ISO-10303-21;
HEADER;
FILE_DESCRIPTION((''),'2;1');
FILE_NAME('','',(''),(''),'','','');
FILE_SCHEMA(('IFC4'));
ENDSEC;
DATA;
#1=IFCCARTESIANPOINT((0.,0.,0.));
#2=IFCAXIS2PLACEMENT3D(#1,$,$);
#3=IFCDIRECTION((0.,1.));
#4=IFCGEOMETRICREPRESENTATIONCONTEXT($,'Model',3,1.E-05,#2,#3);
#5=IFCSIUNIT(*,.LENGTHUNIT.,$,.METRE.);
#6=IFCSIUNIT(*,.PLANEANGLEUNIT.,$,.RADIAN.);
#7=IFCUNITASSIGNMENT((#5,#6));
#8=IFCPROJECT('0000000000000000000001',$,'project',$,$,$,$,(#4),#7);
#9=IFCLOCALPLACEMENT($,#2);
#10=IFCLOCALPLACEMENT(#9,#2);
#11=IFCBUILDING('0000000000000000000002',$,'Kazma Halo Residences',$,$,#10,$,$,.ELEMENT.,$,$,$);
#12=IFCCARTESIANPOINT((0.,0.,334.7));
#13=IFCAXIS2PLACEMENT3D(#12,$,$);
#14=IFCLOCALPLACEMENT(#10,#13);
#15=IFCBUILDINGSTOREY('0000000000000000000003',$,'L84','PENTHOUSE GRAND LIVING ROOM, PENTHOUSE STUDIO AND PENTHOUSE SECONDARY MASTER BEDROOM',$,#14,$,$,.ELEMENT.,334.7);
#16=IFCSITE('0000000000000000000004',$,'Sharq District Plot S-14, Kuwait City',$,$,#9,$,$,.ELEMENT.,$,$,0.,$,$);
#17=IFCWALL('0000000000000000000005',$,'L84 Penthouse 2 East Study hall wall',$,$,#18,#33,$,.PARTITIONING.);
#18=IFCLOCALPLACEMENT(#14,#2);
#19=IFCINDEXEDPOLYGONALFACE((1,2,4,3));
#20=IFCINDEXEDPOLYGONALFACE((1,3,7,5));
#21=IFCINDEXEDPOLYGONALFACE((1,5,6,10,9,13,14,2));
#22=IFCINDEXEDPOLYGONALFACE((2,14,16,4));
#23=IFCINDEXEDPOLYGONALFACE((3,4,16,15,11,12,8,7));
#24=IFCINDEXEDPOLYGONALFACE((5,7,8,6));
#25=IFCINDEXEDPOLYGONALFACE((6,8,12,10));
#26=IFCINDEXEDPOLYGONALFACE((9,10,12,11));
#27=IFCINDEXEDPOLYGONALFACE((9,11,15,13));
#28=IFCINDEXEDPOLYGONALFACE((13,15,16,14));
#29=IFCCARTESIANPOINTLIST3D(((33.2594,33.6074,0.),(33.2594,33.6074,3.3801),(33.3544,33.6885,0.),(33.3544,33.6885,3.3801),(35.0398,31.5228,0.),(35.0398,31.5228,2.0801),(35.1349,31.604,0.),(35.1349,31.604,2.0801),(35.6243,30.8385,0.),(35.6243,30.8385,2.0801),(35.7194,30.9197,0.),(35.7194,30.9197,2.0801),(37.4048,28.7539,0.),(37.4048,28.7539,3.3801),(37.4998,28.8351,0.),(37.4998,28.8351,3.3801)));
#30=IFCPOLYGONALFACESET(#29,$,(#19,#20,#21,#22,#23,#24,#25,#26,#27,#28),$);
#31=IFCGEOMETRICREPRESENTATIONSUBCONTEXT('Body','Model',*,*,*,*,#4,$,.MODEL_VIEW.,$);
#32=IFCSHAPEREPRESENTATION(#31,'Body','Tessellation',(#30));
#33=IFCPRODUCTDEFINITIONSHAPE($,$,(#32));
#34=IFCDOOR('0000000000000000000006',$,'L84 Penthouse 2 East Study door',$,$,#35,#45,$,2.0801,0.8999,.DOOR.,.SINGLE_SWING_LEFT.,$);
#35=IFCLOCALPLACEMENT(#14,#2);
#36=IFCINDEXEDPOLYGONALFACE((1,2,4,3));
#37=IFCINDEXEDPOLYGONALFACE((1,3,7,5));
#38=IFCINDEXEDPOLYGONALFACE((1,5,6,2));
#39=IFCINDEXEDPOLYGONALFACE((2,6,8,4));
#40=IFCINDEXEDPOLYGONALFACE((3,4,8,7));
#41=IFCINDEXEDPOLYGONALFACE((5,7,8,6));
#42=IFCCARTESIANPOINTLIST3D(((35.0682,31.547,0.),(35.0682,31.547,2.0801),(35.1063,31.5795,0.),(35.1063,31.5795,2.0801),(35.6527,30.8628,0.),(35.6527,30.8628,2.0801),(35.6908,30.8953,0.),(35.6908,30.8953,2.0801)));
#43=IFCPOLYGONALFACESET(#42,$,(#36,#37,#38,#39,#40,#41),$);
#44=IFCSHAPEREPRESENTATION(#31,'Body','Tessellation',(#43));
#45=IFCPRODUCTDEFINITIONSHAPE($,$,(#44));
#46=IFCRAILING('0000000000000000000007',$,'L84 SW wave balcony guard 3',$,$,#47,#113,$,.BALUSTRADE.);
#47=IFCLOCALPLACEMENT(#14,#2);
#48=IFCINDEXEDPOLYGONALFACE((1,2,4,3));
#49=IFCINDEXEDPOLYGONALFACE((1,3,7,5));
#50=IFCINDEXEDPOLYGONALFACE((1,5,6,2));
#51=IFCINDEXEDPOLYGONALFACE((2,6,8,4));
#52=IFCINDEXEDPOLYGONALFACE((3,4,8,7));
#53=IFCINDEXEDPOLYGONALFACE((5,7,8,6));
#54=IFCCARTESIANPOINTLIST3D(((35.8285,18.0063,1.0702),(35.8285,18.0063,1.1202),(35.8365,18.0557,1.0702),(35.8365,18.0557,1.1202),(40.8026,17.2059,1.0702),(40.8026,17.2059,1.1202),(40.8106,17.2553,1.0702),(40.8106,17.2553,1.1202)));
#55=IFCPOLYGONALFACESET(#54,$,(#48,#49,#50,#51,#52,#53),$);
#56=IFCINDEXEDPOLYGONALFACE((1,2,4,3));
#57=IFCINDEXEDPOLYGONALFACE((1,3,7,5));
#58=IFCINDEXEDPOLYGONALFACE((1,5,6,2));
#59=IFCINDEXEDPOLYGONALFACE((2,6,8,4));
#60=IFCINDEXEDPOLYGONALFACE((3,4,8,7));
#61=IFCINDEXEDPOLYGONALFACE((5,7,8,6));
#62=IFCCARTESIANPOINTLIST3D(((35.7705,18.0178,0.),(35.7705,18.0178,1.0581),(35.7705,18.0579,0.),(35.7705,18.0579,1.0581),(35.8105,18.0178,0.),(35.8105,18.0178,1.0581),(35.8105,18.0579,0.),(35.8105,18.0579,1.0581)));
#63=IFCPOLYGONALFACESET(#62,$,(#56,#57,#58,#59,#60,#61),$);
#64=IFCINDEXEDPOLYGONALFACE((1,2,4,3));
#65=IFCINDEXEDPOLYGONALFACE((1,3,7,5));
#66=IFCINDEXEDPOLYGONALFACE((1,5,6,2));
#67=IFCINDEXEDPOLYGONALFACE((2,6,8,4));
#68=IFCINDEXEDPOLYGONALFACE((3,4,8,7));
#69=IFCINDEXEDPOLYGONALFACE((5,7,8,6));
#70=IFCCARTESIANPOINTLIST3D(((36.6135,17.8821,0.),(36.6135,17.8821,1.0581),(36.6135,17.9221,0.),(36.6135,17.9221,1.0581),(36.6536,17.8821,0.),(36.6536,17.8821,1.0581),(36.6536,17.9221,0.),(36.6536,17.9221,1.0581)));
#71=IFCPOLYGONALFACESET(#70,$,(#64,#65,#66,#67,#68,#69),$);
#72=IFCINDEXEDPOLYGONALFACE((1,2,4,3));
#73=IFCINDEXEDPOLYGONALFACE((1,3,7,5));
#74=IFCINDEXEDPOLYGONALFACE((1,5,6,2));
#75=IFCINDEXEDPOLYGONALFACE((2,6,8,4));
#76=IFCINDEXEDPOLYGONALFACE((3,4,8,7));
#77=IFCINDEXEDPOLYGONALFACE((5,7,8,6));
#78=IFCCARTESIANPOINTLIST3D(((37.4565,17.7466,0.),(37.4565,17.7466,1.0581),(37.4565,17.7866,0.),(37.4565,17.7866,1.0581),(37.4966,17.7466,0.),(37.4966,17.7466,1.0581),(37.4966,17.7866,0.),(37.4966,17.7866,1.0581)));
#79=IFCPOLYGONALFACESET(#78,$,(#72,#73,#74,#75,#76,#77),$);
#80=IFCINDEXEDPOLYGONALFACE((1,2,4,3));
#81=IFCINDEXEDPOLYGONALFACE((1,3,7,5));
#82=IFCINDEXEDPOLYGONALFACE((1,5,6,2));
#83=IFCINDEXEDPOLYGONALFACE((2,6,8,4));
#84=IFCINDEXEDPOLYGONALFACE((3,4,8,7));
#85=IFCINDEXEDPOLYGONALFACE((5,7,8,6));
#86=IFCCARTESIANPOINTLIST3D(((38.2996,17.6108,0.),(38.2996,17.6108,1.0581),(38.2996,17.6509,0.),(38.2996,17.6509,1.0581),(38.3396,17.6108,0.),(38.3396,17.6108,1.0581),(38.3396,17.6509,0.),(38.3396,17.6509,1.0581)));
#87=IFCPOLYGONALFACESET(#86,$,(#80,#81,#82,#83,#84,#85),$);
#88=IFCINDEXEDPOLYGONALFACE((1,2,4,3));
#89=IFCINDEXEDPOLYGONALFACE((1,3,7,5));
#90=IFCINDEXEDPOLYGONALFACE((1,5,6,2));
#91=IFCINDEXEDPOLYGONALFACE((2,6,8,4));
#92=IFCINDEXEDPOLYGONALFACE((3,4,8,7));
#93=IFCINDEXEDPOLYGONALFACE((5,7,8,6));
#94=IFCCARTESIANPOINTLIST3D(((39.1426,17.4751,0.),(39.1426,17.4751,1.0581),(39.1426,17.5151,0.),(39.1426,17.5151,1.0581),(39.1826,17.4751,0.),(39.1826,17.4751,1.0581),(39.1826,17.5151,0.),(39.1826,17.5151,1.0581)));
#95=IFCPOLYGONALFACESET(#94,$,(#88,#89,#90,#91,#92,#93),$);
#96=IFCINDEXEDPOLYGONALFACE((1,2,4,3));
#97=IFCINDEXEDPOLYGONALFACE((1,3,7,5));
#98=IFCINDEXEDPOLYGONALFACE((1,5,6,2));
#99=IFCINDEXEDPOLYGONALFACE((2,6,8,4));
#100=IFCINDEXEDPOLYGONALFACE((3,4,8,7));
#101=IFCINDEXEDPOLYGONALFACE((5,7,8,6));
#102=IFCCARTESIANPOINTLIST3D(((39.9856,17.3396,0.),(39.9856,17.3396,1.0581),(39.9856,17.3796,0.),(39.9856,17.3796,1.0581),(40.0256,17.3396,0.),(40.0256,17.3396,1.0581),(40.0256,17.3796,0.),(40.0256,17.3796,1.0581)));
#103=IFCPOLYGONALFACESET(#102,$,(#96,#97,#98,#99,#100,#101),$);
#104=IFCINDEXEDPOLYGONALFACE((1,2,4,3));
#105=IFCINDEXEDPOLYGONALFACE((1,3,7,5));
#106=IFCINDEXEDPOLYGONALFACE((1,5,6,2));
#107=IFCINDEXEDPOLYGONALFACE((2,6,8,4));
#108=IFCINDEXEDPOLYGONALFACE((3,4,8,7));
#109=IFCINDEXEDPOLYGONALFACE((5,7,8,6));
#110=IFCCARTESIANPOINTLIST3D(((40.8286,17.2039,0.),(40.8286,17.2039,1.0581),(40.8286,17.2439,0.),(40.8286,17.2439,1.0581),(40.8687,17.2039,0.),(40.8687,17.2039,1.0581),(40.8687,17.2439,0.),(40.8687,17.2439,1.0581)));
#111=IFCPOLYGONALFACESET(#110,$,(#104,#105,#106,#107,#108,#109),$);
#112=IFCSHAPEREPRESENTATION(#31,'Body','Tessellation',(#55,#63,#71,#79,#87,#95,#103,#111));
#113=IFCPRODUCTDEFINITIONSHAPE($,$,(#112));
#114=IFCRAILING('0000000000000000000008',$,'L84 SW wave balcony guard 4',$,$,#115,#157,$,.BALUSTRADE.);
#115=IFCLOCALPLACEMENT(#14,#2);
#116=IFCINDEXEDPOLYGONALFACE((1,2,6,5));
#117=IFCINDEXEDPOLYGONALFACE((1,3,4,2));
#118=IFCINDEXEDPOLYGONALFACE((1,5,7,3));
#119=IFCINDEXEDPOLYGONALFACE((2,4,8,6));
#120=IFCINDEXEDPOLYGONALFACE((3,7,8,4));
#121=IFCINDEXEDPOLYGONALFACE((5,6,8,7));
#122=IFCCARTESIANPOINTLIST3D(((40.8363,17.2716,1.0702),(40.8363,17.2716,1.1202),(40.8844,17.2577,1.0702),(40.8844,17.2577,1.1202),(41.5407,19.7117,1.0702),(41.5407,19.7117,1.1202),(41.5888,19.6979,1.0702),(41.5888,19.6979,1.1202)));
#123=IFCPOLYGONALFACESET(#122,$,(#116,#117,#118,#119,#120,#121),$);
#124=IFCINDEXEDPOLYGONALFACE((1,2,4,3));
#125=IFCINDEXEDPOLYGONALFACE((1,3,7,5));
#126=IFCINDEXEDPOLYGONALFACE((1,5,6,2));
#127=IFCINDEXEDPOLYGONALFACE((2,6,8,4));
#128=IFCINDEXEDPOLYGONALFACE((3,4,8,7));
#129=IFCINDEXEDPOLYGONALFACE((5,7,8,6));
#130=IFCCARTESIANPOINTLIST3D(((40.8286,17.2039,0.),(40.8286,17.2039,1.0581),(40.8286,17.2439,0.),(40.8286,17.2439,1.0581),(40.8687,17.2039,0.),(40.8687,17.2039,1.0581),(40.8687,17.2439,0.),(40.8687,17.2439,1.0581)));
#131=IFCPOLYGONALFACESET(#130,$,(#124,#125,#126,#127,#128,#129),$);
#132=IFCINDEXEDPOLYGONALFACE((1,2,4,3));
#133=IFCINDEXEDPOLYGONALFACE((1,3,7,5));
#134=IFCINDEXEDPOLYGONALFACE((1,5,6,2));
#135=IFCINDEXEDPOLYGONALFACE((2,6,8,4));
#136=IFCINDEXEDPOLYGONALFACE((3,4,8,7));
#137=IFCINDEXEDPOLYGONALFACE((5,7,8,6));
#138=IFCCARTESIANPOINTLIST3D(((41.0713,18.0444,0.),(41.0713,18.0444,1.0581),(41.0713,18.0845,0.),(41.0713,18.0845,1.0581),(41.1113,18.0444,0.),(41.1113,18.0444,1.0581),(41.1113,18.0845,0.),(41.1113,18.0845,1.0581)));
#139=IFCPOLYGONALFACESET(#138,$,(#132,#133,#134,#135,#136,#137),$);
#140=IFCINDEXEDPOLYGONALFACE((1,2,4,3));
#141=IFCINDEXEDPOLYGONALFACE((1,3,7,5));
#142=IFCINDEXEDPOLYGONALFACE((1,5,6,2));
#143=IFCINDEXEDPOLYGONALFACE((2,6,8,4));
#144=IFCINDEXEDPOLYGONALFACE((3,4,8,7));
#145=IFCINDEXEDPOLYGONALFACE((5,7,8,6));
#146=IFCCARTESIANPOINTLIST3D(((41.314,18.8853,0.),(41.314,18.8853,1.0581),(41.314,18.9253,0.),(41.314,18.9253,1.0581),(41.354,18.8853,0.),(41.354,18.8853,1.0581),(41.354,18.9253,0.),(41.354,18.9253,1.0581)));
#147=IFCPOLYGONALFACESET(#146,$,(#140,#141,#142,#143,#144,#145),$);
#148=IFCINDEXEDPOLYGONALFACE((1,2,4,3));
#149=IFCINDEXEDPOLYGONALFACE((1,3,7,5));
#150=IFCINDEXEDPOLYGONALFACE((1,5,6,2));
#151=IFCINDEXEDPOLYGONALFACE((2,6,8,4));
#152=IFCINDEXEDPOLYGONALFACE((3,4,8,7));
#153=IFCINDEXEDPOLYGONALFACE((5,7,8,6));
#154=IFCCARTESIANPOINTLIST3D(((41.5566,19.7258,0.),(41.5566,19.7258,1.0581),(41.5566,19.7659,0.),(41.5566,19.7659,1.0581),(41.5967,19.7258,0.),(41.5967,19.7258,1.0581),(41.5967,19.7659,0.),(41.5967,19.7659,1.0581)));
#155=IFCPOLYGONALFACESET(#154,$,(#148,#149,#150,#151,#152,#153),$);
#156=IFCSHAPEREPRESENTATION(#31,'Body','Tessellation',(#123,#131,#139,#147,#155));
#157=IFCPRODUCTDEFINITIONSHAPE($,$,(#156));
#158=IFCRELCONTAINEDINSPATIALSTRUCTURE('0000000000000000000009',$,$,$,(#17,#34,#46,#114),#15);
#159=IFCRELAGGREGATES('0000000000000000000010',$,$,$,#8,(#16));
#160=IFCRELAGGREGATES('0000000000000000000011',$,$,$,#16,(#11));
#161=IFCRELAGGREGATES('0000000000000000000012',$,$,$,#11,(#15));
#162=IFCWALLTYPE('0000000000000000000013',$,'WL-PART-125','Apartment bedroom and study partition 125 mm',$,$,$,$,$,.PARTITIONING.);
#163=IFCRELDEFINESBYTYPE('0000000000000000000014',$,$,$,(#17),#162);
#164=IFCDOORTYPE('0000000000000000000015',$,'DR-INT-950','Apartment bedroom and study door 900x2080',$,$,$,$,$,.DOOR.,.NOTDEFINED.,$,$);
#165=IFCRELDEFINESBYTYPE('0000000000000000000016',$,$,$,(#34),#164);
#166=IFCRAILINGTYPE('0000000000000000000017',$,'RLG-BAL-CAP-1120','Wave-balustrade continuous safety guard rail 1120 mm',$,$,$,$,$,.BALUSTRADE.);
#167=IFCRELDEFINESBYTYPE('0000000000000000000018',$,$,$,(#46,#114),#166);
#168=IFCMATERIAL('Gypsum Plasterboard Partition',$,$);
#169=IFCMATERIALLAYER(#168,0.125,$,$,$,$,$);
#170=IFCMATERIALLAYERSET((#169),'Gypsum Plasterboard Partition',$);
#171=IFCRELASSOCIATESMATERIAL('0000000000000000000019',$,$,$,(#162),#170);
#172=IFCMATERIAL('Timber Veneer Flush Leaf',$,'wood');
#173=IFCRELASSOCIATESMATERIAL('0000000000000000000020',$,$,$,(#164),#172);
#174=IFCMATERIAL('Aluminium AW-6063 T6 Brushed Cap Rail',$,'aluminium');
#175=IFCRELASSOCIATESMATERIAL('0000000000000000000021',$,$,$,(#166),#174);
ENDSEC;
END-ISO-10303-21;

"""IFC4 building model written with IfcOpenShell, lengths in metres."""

from ifc_helpers import new_model, si_unit, direction, frame, frame_2d, origin, origin_2d, place, context, subcontext, project, spatial, rectangle, extrude, material, layer, layer_set, type_object, element, fill, save


model = new_model("IFC4")

# Units and contexts
model_context = context("Model", 3, precision=1e-05, world=origin(), true_north=direction((0.0, 1.0)))
body_context = subcontext(model_context, "Body", "Model", "MODEL_VIEW")
ifc_project = project(units=[si_unit("LENGTHUNIT", "METRE"), si_unit("PLANEANGLEUNIT", "RADIAN")], contexts=[model_context])

# Site, building, storey
site_placement = place(None, origin())
site = spatial("IfcSite", under=ifc_project, at=site_placement, Name="Sharq District Plot S-14, Kuwait City", CompositionType="ELEMENT", RefElevation=0.0)
building_placement = place(site_placement, origin())
building = spatial("IfcBuilding", under=site, at=building_placement, Name="Kazma Halo Residences", CompositionType="ELEMENT")
storey_placement = place(building_placement, frame((0.0, 0.0, 334.7)))
storey = spatial("IfcBuildingStorey", under=building, at=storey_placement, Name="L84", Description="PENTHOUSE GRAND LIVING ROOM, PENTHOUSE STUDIO AND PENTHOUSE SECONDARY MASTER BEDROOM", CompositionType="ELEMENT", Elevation=334.7)

# Shared definitions
ifc_material_1 = material(Name="Gypsum Plasterboard Partition")
ifc_layer_1 = layer(ifc_material_1, 0.125)
ifc_layer_set_1 = layer_set([ifc_layer_1], Name="Gypsum Plasterboard Partition")
wall_type_1 = type_object("IfcWallType", Name="WL-PART-125", Description="Apartment bedroom and study partition 125 mm", PredefinedType="PARTITIONING", material=ifc_layer_set_1)

# Wall, opening, door
wall_1_placement = place(storey_placement, frame((33.3069, 33.6479, 0.0), z_axis=(0.0, 0.0, 1.0), x_axis=(0.649467, -0.760389, 0.0)))
wall_1 = element("IfcWall", 1, at=wall_1_placement, inside=storey, type_object=wall_type_1, Name="L84 Penthouse 2 East Study hall wall", PredefinedType="PARTITIONING", context=body_context, shape_type="SweptSolid", body=[
    extrude(rectangle(XDim=6.3828, YDim=0.125, at=frame_2d((3.1914, 0.0))), origin(), (0.0, 0.0, 1.0), 3.3801),
])
opening_1_placement = place(wall_1_placement, frame((2.7415, 0.0, 0.0)))
opening_1 = element("IfcOpeningElement", 2, at=opening_1_placement, cuts=wall_1, PredefinedType="OPENING", context=body_context, shape_type="SweptSolid", body=[
    extrude(rectangle(XDim=0.8999, YDim=2.0801, at=frame_2d((0.45, 1.04))), frame((0.0, 0.0725, 0.0), z_axis=(0.0, -1.0, 0.0), x_axis=(1.0, 0.0, 0.0)), (0.0, 0.0, 1.0), 0.145),
])
ifc_material_2 = material(Name="Timber Veneer Flush Leaf", Category="wood")
door_type_1 = type_object("IfcDoorType", Name="DR-INT-950", Description="Apartment bedroom and study door 900x2080", OperationType="NOTDEFINED", PredefinedType="DOOR", material=ifc_material_2)
door_1_placement = place(opening_1_placement, origin())
door_1 = element("IfcDoor", 3, at=door_1_placement, inside=storey, type_object=door_type_1, Name="L84 Penthouse 2 East Study door", OperationType="SINGLE_SWING_LEFT", OverallHeight=2.0801, OverallWidth=0.8999, PredefinedType="DOOR", context=body_context, shape_type="SweptSolid", body=[
    extrude(rectangle(XDim=0.8999, YDim=2.0801, at=frame_2d((0.45, 1.04))), frame((0.0, 0.0249, 0.0), z_axis=(0.0, -1.0, 0.0), x_axis=(1.0, 0.0, 0.0)), (0.0, 0.0, 1.0), 0.05),
])
fill(opening_1, door_1)

# Railings
ifc_material_3 = material(Name="Aluminium AW-6063 T6 Brushed Cap Rail", Category="aluminium")
railing_type_1 = type_object("IfcRailingType", Name="RLG-BAL-CAP-1120", Description="Wave-balustrade continuous safety guard rail 1120 mm", PredefinedType="BALUSTRADE", material=ifc_material_3)
railing_1_placement = place(storey_placement, frame((35.7905, 18.0378, 0.0)))
element("IfcRailing", 4, at=railing_1_placement, inside=storey, type_object=railing_type_1, Name="L84 SW wave balcony guard 3", PredefinedType="BALUSTRADE", context=body_context, shape_type="SweptSolid", body=[
    extrude(rectangle(XDim=0.05, YDim=0.05, at=origin_2d()), frame((0.042, -0.0068, 1.0952), z_axis=(0.987298, -0.158879, 0.0), x_axis=(0.158879, 0.987298, 0.0)), (0.0, 0.0, 1.0), 5.0381),
    extrude(rectangle(XDim=0.04, YDim=0.04, at=origin_2d()), origin(), (0.0, 0.0, 1.0), 1.0581),
    extrude(rectangle(XDim=0.04, YDim=0.04, at=origin_2d()), frame((0.843, -0.1357, 0.0)), (0.0, 0.0, 1.0), 1.0581),
    extrude(rectangle(XDim=0.04, YDim=0.04, at=origin_2d()), frame((1.686, -0.2712, 0.0)), (0.0, 0.0, 1.0), 1.0581),
    extrude(rectangle(XDim=0.04, YDim=0.04, at=origin_2d()), frame((2.5291, -0.407, 0.0)), (0.0, 0.0, 1.0), 1.0581),
    extrude(rectangle(XDim=0.04, YDim=0.04, at=origin_2d()), frame((3.3721, -0.5427, 0.0)), (0.0, 0.0, 1.0), 1.0581),
    extrude(rectangle(XDim=0.04, YDim=0.04, at=origin_2d()), frame((4.2151, -0.6782, 0.0)), (0.0, 0.0, 1.0), 1.0581),
    extrude(rectangle(XDim=0.04, YDim=0.04, at=origin_2d()), frame((5.0581, -0.814, 0.0)), (0.0, 0.0, 1.0), 1.0581),
])
railing_2_placement = place(storey_placement, frame((40.8486, 17.2239, 0.0)))
element("IfcRailing", 5, at=railing_2_placement, inside=storey, type_object=railing_type_1, Name="L84 SW wave balcony guard 4", PredefinedType="BALUSTRADE", context=body_context, shape_type="SweptSolid", body=[
    extrude(rectangle(XDim=0.05, YDim=0.05, at=origin_2d()), frame((0.0117, 0.0408, 1.0952), z_axis=(0.277349, 0.960769, 0.0), x_axis=(-0.960769, 0.277349, 0.0)), (0.0, 0.0, 1.0), 2.5398),
    extrude(rectangle(XDim=0.04, YDim=0.04, at=origin_2d()), origin(), (0.0, 0.0, 1.0), 1.0581),
    extrude(rectangle(XDim=0.04, YDim=0.04, at=origin_2d()), frame((0.2427, 0.8406, 0.0)), (0.0, 0.0, 1.0), 1.0581),
    extrude(rectangle(XDim=0.04, YDim=0.04, at=origin_2d()), frame((0.4854, 1.6814, 0.0)), (0.0, 0.0, 1.0), 1.0581),
    extrude(rectangle(XDim=0.04, YDim=0.04, at=origin_2d()), frame((0.728, 2.522, 0.0)), (0.0, 0.0, 1.0), 1.0581),
])

save(model, "model.ifc")
